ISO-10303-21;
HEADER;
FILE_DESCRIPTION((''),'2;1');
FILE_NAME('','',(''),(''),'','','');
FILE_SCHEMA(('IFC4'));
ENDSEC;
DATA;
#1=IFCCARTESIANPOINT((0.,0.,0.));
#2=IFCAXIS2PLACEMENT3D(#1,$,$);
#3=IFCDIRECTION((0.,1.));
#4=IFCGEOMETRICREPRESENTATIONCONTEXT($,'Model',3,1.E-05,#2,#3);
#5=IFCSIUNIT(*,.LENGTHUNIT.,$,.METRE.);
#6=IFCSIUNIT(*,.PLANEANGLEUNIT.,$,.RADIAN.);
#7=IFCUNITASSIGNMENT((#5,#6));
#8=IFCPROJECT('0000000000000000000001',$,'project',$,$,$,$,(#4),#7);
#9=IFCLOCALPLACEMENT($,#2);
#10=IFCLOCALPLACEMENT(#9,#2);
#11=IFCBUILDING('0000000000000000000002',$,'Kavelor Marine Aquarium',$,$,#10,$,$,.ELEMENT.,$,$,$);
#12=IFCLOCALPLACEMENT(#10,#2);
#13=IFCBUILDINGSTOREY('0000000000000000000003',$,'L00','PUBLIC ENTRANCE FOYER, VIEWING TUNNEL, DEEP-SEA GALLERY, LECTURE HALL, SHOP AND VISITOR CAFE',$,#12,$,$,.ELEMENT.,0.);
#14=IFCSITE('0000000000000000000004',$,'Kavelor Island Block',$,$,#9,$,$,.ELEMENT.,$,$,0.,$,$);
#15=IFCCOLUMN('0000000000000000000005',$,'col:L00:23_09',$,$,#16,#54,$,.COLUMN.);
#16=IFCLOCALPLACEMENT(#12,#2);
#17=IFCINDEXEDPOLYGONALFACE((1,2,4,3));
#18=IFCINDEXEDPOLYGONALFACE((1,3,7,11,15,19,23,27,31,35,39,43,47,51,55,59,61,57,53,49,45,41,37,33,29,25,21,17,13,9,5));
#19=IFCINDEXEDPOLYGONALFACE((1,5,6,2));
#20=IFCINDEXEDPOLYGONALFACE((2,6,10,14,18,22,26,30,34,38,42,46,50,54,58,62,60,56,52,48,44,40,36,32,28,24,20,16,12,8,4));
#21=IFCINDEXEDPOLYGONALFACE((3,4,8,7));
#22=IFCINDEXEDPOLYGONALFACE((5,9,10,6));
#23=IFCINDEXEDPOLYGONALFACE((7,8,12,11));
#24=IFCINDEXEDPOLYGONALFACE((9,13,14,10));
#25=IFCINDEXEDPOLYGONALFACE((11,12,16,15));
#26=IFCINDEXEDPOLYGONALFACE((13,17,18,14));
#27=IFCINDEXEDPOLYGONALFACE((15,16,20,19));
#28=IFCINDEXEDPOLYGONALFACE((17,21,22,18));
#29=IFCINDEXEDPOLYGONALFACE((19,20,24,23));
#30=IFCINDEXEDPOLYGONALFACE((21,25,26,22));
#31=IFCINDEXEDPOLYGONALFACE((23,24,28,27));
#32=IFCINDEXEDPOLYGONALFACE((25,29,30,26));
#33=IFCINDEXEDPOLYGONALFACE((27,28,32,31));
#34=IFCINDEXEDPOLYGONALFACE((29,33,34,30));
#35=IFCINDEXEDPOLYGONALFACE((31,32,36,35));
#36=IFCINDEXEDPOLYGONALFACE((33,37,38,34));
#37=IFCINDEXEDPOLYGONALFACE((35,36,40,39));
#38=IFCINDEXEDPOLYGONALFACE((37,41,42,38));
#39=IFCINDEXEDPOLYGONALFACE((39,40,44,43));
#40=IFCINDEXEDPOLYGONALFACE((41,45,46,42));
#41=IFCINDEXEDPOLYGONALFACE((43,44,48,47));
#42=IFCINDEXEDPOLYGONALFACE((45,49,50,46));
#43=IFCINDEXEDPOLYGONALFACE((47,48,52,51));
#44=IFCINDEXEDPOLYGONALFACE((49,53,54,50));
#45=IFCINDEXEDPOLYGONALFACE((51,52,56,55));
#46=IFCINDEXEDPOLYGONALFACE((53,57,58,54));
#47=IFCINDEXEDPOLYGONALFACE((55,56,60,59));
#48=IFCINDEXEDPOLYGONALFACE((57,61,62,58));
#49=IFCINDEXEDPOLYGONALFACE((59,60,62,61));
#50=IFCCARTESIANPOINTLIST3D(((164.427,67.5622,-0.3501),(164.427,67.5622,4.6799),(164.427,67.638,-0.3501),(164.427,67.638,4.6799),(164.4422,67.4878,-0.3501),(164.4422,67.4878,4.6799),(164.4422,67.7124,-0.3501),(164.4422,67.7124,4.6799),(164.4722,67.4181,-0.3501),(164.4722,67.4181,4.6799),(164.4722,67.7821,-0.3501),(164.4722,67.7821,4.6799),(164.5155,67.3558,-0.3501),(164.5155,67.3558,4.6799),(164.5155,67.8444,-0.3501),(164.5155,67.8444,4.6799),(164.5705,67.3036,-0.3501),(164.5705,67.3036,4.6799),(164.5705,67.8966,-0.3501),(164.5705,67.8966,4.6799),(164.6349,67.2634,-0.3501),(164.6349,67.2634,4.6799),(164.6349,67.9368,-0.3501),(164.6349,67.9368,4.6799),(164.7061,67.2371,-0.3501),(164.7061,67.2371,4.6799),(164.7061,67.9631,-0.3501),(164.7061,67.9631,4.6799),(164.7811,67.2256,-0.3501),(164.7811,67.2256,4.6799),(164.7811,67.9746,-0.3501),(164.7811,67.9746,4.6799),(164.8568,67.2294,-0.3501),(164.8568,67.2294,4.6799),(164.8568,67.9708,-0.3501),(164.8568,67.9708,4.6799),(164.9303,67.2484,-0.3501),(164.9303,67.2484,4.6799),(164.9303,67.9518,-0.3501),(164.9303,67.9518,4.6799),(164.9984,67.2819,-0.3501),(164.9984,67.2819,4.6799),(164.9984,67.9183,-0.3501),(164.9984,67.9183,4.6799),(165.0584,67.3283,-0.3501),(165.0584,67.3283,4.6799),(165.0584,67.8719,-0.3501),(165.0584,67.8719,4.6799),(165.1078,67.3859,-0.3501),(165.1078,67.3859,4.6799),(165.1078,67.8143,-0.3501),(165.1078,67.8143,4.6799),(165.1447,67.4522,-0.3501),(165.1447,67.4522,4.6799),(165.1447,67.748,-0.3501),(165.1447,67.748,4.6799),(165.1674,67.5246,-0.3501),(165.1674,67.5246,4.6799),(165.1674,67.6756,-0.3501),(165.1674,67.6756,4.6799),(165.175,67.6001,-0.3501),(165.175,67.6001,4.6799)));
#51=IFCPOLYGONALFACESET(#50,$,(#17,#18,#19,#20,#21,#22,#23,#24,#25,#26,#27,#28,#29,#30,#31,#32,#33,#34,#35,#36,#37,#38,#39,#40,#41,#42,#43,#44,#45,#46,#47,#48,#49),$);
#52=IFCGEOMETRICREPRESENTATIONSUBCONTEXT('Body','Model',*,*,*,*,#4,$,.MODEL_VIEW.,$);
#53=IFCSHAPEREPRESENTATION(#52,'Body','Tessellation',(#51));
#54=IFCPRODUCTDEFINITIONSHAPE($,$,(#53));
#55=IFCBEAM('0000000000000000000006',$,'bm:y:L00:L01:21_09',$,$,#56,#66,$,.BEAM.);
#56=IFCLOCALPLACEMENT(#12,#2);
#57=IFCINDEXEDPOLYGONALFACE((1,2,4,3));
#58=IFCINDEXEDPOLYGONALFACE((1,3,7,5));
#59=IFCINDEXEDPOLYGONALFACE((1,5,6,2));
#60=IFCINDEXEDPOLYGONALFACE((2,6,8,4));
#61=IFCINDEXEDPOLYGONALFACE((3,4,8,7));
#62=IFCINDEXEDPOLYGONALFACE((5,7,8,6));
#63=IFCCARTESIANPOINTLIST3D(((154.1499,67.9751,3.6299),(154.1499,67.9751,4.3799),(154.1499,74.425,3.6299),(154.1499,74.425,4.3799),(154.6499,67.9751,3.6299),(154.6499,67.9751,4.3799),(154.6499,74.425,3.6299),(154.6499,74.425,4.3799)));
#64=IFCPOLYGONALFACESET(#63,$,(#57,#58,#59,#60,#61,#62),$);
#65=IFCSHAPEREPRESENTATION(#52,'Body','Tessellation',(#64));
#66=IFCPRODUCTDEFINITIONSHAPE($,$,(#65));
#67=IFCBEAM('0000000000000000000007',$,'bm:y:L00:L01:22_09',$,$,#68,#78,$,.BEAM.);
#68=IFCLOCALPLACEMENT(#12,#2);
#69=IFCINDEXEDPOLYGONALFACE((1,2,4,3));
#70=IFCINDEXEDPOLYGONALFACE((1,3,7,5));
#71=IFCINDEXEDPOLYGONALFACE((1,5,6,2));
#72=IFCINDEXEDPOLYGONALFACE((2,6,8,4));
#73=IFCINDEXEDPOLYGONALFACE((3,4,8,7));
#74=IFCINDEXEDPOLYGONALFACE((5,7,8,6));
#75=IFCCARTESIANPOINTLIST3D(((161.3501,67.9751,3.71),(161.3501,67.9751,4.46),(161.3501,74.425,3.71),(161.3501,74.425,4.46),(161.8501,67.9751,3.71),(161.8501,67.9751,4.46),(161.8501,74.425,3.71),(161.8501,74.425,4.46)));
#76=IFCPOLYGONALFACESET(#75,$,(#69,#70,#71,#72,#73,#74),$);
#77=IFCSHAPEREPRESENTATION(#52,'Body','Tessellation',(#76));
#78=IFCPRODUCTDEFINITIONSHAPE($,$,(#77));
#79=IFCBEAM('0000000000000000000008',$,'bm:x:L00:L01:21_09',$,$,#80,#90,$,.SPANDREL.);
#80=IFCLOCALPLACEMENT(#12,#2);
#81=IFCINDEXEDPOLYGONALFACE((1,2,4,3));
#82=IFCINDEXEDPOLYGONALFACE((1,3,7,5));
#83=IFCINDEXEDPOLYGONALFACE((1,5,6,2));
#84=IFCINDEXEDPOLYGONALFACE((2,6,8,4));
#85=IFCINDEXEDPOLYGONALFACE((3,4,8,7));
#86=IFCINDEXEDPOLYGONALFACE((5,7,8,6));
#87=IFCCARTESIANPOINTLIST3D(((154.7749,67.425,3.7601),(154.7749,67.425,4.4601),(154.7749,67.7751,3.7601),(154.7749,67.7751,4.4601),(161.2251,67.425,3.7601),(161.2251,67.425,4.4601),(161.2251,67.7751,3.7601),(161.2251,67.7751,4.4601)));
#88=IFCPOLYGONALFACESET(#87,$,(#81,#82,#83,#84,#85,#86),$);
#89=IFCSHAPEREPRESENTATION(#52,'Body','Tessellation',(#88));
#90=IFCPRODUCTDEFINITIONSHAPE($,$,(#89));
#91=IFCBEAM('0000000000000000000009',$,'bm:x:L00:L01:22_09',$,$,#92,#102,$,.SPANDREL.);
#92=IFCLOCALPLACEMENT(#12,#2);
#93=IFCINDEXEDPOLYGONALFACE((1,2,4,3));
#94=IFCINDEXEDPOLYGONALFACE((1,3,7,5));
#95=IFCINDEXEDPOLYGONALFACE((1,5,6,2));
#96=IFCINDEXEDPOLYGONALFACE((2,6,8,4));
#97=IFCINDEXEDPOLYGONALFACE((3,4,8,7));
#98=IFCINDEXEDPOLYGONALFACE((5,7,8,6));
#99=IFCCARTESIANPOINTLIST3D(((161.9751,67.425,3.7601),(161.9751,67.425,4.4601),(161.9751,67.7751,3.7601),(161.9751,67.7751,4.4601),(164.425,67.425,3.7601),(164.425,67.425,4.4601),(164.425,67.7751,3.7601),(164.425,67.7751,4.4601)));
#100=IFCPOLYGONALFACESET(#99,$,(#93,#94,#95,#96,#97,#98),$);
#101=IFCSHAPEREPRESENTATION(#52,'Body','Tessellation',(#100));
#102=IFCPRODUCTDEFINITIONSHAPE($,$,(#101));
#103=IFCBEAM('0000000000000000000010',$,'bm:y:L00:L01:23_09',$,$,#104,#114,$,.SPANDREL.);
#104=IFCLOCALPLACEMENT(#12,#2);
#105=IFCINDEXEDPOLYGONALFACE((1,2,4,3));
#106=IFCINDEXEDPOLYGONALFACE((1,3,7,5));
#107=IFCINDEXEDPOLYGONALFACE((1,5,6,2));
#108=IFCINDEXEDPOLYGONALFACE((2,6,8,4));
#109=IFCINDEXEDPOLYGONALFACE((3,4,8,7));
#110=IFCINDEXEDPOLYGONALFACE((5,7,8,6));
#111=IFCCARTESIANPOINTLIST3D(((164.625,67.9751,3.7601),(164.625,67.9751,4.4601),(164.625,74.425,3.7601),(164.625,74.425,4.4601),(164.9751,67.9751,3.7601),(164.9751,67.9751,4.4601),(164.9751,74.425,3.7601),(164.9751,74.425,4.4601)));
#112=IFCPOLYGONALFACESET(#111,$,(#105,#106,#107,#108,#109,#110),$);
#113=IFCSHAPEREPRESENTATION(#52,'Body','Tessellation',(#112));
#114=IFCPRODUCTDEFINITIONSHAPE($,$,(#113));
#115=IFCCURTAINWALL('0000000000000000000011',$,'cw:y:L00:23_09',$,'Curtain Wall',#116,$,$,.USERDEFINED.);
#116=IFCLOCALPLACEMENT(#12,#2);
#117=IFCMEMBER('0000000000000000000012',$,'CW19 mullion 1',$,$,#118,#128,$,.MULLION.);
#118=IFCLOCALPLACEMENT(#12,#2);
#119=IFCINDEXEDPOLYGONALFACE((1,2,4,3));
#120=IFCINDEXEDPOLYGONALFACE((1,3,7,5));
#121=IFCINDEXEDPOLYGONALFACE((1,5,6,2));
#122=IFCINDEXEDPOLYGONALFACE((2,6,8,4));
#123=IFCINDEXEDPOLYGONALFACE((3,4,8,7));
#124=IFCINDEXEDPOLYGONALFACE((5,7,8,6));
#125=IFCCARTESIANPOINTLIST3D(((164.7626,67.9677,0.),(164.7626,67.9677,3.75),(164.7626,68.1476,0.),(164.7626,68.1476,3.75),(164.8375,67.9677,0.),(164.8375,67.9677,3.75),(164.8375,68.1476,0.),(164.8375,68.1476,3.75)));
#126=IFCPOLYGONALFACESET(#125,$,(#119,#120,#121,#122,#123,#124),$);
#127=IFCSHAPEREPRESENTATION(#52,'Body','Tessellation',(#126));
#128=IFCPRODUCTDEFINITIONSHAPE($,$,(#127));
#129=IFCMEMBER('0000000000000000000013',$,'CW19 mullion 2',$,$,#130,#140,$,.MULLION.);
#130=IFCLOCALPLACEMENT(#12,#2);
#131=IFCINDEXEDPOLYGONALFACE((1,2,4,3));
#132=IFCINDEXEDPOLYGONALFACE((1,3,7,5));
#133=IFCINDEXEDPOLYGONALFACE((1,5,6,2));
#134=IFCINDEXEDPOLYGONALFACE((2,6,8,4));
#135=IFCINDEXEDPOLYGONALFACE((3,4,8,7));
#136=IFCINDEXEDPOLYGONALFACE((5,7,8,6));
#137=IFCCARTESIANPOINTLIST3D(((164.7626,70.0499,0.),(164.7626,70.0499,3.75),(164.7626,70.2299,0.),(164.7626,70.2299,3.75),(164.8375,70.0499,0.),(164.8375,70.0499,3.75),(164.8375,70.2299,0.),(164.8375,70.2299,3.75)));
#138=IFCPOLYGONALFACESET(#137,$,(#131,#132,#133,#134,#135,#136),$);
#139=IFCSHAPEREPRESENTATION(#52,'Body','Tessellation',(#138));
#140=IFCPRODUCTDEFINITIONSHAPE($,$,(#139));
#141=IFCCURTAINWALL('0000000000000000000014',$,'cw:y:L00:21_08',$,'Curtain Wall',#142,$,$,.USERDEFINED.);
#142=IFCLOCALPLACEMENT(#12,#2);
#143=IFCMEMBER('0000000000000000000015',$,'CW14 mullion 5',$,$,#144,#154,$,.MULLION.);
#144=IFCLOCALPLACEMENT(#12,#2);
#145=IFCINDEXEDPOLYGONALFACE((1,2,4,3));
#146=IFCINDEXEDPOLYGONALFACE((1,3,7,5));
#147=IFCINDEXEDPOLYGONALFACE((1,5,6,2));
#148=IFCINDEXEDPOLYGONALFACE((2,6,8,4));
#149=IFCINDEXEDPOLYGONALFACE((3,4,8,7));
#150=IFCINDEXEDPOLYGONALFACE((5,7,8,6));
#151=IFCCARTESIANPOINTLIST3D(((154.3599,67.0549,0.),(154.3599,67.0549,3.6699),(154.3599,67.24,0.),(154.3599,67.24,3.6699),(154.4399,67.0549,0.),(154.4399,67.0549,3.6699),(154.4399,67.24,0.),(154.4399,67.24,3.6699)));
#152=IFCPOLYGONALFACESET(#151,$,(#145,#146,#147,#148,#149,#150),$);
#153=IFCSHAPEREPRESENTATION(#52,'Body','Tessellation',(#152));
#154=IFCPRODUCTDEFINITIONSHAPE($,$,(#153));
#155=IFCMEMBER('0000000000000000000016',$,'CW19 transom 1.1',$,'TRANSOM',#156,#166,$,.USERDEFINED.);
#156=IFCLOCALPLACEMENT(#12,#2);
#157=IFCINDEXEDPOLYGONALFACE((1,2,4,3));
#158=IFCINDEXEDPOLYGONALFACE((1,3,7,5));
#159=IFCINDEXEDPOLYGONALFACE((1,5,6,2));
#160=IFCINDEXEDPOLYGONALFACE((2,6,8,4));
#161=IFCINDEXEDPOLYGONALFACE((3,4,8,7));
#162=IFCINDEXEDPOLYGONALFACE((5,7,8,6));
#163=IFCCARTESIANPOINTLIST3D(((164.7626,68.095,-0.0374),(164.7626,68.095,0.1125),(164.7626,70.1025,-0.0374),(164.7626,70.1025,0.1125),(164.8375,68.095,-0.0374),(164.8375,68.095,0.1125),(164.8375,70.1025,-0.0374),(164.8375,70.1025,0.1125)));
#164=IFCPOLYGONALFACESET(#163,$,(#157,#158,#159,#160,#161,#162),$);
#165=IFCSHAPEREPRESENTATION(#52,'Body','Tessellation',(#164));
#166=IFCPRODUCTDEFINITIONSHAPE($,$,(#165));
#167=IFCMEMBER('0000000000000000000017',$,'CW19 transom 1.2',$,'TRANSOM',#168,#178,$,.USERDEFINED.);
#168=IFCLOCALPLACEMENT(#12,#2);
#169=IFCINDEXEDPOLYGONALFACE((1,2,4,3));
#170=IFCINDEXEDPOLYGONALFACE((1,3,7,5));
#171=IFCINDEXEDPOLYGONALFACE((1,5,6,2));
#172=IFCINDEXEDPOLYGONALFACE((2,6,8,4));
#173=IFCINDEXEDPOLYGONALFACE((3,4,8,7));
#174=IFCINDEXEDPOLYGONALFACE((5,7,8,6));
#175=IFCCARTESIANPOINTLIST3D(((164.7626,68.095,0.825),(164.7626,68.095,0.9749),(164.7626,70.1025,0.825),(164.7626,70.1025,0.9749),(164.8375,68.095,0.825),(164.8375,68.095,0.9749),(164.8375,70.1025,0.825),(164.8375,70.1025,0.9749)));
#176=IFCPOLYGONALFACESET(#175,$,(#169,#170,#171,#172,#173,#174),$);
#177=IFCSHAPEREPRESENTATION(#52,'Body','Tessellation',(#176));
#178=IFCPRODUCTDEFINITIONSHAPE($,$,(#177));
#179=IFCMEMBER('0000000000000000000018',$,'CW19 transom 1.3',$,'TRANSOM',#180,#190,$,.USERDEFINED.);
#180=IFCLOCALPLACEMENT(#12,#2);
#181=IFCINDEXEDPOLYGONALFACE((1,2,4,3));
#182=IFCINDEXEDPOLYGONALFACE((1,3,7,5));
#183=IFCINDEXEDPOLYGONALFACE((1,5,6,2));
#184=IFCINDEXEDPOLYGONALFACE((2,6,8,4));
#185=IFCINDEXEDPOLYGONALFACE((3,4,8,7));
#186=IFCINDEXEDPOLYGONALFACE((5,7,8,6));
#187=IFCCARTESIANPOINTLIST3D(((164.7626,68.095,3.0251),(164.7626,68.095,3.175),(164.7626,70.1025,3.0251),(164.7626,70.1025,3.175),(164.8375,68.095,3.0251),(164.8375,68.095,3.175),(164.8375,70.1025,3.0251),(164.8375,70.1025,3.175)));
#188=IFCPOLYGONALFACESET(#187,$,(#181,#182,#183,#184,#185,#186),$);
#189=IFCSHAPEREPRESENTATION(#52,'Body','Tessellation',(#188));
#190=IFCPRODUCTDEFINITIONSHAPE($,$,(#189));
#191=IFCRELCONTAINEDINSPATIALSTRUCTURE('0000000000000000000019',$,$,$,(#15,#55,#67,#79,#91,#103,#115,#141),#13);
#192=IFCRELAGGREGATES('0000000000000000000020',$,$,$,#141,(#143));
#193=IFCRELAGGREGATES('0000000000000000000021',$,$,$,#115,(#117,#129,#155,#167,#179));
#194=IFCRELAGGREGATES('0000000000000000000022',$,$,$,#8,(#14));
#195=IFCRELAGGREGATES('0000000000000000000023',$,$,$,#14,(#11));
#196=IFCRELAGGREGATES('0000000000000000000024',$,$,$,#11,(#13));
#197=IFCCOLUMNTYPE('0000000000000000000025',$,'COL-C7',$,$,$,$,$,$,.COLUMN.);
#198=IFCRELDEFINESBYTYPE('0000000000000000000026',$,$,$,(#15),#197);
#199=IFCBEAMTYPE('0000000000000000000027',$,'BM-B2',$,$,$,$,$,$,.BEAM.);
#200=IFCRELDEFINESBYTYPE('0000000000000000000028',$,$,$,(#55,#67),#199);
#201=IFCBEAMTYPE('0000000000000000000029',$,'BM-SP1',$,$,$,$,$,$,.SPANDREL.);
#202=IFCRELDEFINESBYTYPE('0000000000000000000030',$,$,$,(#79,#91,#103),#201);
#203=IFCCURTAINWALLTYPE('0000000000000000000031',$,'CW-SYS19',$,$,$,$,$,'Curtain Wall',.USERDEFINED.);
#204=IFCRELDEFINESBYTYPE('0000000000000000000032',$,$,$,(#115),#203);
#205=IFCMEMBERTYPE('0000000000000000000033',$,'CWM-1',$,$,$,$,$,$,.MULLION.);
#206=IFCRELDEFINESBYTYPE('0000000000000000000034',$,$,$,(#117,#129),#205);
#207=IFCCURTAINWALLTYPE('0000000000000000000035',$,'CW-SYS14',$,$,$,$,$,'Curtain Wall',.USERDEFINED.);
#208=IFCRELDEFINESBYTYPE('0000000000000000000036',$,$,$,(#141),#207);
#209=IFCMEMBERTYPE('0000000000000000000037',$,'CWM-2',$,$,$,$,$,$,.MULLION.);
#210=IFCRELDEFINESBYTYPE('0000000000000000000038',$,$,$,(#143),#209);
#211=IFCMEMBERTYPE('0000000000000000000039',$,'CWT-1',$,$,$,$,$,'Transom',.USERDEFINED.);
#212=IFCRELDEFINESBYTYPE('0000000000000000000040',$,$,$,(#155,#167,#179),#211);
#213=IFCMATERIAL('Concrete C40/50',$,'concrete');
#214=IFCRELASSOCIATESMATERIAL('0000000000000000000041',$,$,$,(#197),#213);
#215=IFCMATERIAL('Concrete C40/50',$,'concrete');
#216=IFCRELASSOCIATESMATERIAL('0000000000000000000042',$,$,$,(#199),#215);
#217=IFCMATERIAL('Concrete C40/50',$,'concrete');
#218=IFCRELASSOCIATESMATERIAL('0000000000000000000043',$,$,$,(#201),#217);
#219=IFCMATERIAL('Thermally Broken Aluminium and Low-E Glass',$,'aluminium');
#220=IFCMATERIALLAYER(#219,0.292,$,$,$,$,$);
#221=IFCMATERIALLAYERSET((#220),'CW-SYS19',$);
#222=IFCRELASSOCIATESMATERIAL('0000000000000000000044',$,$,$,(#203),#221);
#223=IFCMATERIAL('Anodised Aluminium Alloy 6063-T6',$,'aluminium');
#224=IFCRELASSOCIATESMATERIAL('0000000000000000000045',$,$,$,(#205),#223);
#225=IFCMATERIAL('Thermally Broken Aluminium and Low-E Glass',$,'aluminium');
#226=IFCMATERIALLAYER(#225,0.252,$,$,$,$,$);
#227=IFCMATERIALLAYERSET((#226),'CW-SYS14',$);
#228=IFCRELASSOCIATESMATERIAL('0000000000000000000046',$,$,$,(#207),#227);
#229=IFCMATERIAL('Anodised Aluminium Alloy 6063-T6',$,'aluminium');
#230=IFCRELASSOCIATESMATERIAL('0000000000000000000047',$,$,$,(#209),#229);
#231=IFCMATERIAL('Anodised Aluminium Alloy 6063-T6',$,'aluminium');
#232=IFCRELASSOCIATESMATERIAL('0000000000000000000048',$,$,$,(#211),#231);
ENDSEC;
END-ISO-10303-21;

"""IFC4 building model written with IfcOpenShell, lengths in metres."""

from ifc_helpers import new_model, si_unit, direction, frame, origin, origin_2d, place, context, subcontext, project, spatial, rectangle, circle, extrude, material, layer, layer_set, material_profile, profile_set, type_object, element, aggregate, save


model = new_model("IFC4")

# Units and contexts
model_context = context("Model", 3, precision=1e-05, world=origin(), true_north=direction((0.0, 1.0)))
body_context = subcontext(model_context, "Body", "Model", "MODEL_VIEW")
ifc_project = project(units=[si_unit("LENGTHUNIT", "METRE"), si_unit("PLANEANGLEUNIT", "RADIAN")], contexts=[model_context])

# Site, building, storey
site_placement = place(None, origin())
site = spatial("IfcSite", under=ifc_project, at=site_placement, Name="Kavelor Island Block", CompositionType="ELEMENT", RefElevation=0.0)
building_placement = place(site_placement, origin())
building = spatial("IfcBuilding", under=site, at=building_placement, Name="Kavelor Marine Aquarium", CompositionType="ELEMENT")
storey_placement = place(building_placement, origin())
storey = spatial("IfcBuildingStorey", under=building, at=storey_placement, Name="L00", Description="PUBLIC ENTRANCE FOYER, VIEWING TUNNEL, DEEP-SEA GALLERY, LECTURE HALL, SHOP AND VISITOR CAFE", CompositionType="ELEMENT", Elevation=0.0)

# Column
ifc_material_1 = material(Name="Concrete C40/50", Category="concrete")
ifc_material_profile_1 = material_profile(ifc_material_1, circle(Radius=0.375, at=origin_2d()), Name="RC-COL D750")
ifc_profile_set_1 = profile_set([ifc_material_profile_1], Name="Concrete C40/50")
column_type = type_object("IfcColumnType", Name="COL-C7", PredefinedType="COLUMN", material=ifc_profile_set_1)
for number, where, z_axis, x_axis, name in (
    (1, (164.8, 67.6001, -0.3501), (0.0, 0.0, 1.0), (1.0, 0.0, 0.0), "col:L00:23_09"),
):
    element("IfcColumn", number, at=place(storey_placement, frame(where, z_axis=z_axis, x_axis=x_axis)), inside=storey, type_object=column_type, Name=name, PredefinedType="COLUMN", context=body_context, shape_type="SweptSolid", body=[
        extrude(circle(Radius=0.375, at=origin_2d()), origin(), (0.0, 0.0, 1.0), 5.03),
    ])

# Beams
ifc_material_2 = material(Name="Concrete C40/50", Category="concrete")
ifc_material_profile_2 = material_profile(ifc_material_2, rectangle(XDim=0.5, YDim=0.75, at=origin_2d()), Name="RC-BM 500x750")
ifc_profile_set_2 = profile_set([ifc_material_profile_2], Name="Concrete C40/50")
beam_type_1 = type_object("IfcBeamType", Name="BM-B2", PredefinedType="BEAM", material=ifc_profile_set_2)
for number, where, z_axis, x_axis, name in (
    (2, (154.3999, 67.9751, 4.0049), (0.0, 1.0, 0.0), (-1.0, 0.0, 0.0), "bm:y:L00:L01:21_09"),
    (3, (161.6001, 67.9751, 4.085), (0.0, 1.0, 0.0), (-1.0, 0.0, 0.0), "bm:y:L00:L01:22_09"),
):
    element("IfcBeam", number, at=place(storey_placement, frame(where, z_axis=z_axis, x_axis=x_axis)), inside=storey, type_object=beam_type_1, Name=name, PredefinedType="BEAM", context=body_context, shape_type="SweptSolid", body=[
        extrude(rectangle(XDim=0.5, YDim=0.75, at=origin_2d()), origin(), (0.0, 0.0, 1.0), 6.45),
    ])
ifc_material_3 = material(Name="Concrete C40/50", Category="concrete")
ifc_material_profile_3 = material_profile(ifc_material_3, rectangle(XDim=0.3501, YDim=0.7, at=origin_2d()), Name="RC-SP 350x700")
ifc_profile_set_3 = profile_set([ifc_material_profile_3], Name="Concrete C40/50")
beam_type_2 = type_object("IfcBeamType", Name="BM-SP1", PredefinedType="SPANDREL", material=ifc_profile_set_3)
beam_1_placement = place(storey_placement, frame((154.7749, 67.6001, 4.1101), z_axis=(1.0, 0.0, 0.0), x_axis=(0.0, 1.0, 0.0)))
element("IfcBeam", 4, at=beam_1_placement, inside=storey, type_object=beam_type_2, Name="bm:x:L00:L01:21_09", PredefinedType="SPANDREL", context=body_context, shape_type="SweptSolid", body=[
    extrude(rectangle(XDim=0.3501, YDim=0.7, at=origin_2d()), origin(), (0.0, 0.0, 1.0), 6.4502),
])
beam_2_placement = place(storey_placement, frame((161.9751, 67.6001, 4.1101), z_axis=(1.0, 0.0, 0.0), x_axis=(0.0, 1.0, 0.0)))
element("IfcBeam", 5, at=beam_2_placement, inside=storey, type_object=beam_type_2, Name="bm:x:L00:L01:22_09", PredefinedType="SPANDREL", context=body_context, shape_type="SweptSolid", body=[
    extrude(rectangle(XDim=0.3501, YDim=0.7, at=origin_2d()), origin(), (0.0, 0.0, 1.0), 2.45),
])
beam_3_placement = place(storey_placement, frame((164.8, 67.9751, 4.1101), z_axis=(0.0, 1.0, 0.0), x_axis=(-1.0, 0.0, 0.0)))
element("IfcBeam", 6, at=beam_3_placement, inside=storey, type_object=beam_type_2, Name="bm:y:L00:L01:23_09", PredefinedType="SPANDREL", context=body_context, shape_type="SweptSolid", body=[
    extrude(rectangle(XDim=0.3501, YDim=0.7, at=origin_2d()), origin(), (0.0, 0.0, 1.0), 6.45),
])

# Curtain wall, members
ifc_material_4 = material(Name="Thermally Broken Aluminium and Low-E Glass", Category="aluminium")
ifc_layer_1 = layer(ifc_material_4, 0.292)
ifc_layer_set_1 = layer_set([ifc_layer_1], Name="CW-SYS19")
curtain_wall_type_1 = type_object("IfcCurtainWallType", Name="CW-SYS19", ElementType="Curtain Wall", PredefinedType="USERDEFINED", material=ifc_layer_set_1)
curtain_wall_1_placement = place(storey_placement, origin())
curtain_wall_1 = element("IfcCurtainWall", 7, at=curtain_wall_1_placement, inside=storey, type_object=curtain_wall_type_1, Name="cw:y:L00:23_09", ObjectType="Curtain Wall", PredefinedType="USERDEFINED")
ifc_material_5 = material(Name="Anodised Aluminium Alloy 6063-T6", Category="aluminium")
ifc_material_profile_4 = material_profile(ifc_material_5, rectangle(XDim=0.075, YDim=0.1799, at=origin_2d()), Name="CW-MUL 75x180")
ifc_profile_set_4 = profile_set([ifc_material_profile_4], Name="Anodised Aluminium Alloy 6063-T6")
member_type_1 = type_object("IfcMemberType", Name="CWM-1", PredefinedType="MULLION", material=ifc_profile_set_4)
member_1_placement = place(storey_placement, frame((164.8, 68.0576, 0.0), z_axis=(0.0, 0.0, 1.0), x_axis=(-1.0, 0.0, 0.0)))
member_1 = element("IfcMember", 8, at=member_1_placement, type_object=member_type_1, Name="CW19 mullion 1", PredefinedType="MULLION", context=body_context, shape_type="SweptSolid", body=[
    extrude(rectangle(XDim=0.075, YDim=0.1799, at=origin_2d()), origin(), (0.0, 0.0, 1.0), 3.75),
])
member_2_placement = place(storey_placement, frame((164.8, 70.1399, 0.0), z_axis=(0.0, 0.0, 1.0), x_axis=(-1.0, 0.0, 0.0)))
member_2 = element("IfcMember", 9, at=member_2_placement, type_object=member_type_1, Name="CW19 mullion 2", PredefinedType="MULLION", context=body_context, shape_type="SweptSolid", body=[
    extrude(rectangle(XDim=0.075, YDim=0.1799, at=origin_2d()), origin(), (0.0, 0.0, 1.0), 3.75),
])

# Curtain wall, member
ifc_material_6 = material(Name="Thermally Broken Aluminium and Low-E Glass", Category="aluminium")
ifc_layer_2 = layer(ifc_material_6, 0.252)
ifc_layer_set_2 = layer_set([ifc_layer_2], Name="CW-SYS14")
curtain_wall_type_2 = type_object("IfcCurtainWallType", Name="CW-SYS14", ElementType="Curtain Wall", PredefinedType="USERDEFINED", material=ifc_layer_set_2)
curtain_wall_2_placement = place(storey_placement, origin())
curtain_wall_2 = element("IfcCurtainWall", 10, at=curtain_wall_2_placement, inside=storey, type_object=curtain_wall_type_2, Name="cw:y:L00:21_08", ObjectType="Curtain Wall", PredefinedType="USERDEFINED")
ifc_material_7 = material(Name="Anodised Aluminium Alloy 6063-T6", Category="aluminium")
ifc_material_profile_5 = material_profile(ifc_material_7, rectangle(XDim=0.0801, YDim=0.1851, at=origin_2d()), Name="CW-MUL 80x185")
ifc_profile_set_5 = profile_set([ifc_material_profile_5], Name="Anodised Aluminium Alloy 6063-T6")
member_type_2 = type_object("IfcMemberType", Name="CWM-2", PredefinedType="MULLION", material=ifc_profile_set_5)
member_3_placement = place(storey_placement, frame((154.3999, 67.1475, 0.0), z_axis=(0.0, 0.0, 1.0), x_axis=(-1.0, 0.0, 0.0)))
member_3 = element("IfcMember", 11, at=member_3_placement, type_object=member_type_2, Name="CW14 mullion 5", PredefinedType="MULLION", context=body_context, shape_type="SweptSolid", body=[
    extrude(rectangle(XDim=0.0801, YDim=0.1851, at=origin_2d()), origin(), (0.0, 0.0, 1.0), 3.6699),
])
aggregate(curtain_wall_2, [member_3])

# Members
ifc_material_8 = material(Name="Anodised Aluminium Alloy 6063-T6", Category="aluminium")
ifc_material_profile_6 = material_profile(ifc_material_8, rectangle(XDim=0.075, YDim=0.1499, at=origin_2d()), Name="CW-TRN 75x150")
ifc_profile_set_6 = profile_set([ifc_material_profile_6], Name="Anodised Aluminium Alloy 6063-T6")
member_type_3 = type_object("IfcMemberType", Name="CWT-1", ElementType="Transom", PredefinedType="USERDEFINED", material=ifc_profile_set_6)
member_4_placement = place(storey_placement, frame((164.8, 68.095, 0.0376), z_axis=(0.0, 1.0, 0.0), x_axis=(-1.0, 0.0, 0.0)))
member_4 = element("IfcMember", 12, at=member_4_placement, type_object=member_type_3, Name="CW19 transom 1.1", ObjectType="TRANSOM", PredefinedType="USERDEFINED", context=body_context, shape_type="SweptSolid", body=[
    extrude(rectangle(XDim=0.075, YDim=0.1499, at=origin_2d()), origin(), (0.0, 0.0, 1.0), 2.0076),
])
member_5_placement = place(storey_placement, frame((164.8, 68.095, 0.8999), z_axis=(0.0, 1.0, 0.0), x_axis=(-1.0, 0.0, 0.0)))
member_5 = element("IfcMember", 13, at=member_5_placement, type_object=member_type_3, Name="CW19 transom 1.2", ObjectType="TRANSOM", PredefinedType="USERDEFINED", context=body_context, shape_type="SweptSolid", body=[
    extrude(rectangle(XDim=0.075, YDim=0.1499, at=origin_2d()), origin(), (0.0, 0.0, 1.0), 2.0076),
])
member_6_placement = place(storey_placement, frame((164.8, 68.095, 3.1001), z_axis=(0.0, 1.0, 0.0), x_axis=(-1.0, 0.0, 0.0)))
member_6 = element("IfcMember", 14, at=member_6_placement, type_object=member_type_3, Name="CW19 transom 1.3", ObjectType="TRANSOM", PredefinedType="USERDEFINED", context=body_context, shape_type="SweptSolid", body=[
    extrude(rectangle(XDim=0.075, YDim=0.1499, at=origin_2d()), origin(), (0.0, 0.0, 1.0), 2.0076),
])

aggregate(curtain_wall_1, [member_1, member_2, member_4, member_5, member_6])

save(model, "model.ifc")
